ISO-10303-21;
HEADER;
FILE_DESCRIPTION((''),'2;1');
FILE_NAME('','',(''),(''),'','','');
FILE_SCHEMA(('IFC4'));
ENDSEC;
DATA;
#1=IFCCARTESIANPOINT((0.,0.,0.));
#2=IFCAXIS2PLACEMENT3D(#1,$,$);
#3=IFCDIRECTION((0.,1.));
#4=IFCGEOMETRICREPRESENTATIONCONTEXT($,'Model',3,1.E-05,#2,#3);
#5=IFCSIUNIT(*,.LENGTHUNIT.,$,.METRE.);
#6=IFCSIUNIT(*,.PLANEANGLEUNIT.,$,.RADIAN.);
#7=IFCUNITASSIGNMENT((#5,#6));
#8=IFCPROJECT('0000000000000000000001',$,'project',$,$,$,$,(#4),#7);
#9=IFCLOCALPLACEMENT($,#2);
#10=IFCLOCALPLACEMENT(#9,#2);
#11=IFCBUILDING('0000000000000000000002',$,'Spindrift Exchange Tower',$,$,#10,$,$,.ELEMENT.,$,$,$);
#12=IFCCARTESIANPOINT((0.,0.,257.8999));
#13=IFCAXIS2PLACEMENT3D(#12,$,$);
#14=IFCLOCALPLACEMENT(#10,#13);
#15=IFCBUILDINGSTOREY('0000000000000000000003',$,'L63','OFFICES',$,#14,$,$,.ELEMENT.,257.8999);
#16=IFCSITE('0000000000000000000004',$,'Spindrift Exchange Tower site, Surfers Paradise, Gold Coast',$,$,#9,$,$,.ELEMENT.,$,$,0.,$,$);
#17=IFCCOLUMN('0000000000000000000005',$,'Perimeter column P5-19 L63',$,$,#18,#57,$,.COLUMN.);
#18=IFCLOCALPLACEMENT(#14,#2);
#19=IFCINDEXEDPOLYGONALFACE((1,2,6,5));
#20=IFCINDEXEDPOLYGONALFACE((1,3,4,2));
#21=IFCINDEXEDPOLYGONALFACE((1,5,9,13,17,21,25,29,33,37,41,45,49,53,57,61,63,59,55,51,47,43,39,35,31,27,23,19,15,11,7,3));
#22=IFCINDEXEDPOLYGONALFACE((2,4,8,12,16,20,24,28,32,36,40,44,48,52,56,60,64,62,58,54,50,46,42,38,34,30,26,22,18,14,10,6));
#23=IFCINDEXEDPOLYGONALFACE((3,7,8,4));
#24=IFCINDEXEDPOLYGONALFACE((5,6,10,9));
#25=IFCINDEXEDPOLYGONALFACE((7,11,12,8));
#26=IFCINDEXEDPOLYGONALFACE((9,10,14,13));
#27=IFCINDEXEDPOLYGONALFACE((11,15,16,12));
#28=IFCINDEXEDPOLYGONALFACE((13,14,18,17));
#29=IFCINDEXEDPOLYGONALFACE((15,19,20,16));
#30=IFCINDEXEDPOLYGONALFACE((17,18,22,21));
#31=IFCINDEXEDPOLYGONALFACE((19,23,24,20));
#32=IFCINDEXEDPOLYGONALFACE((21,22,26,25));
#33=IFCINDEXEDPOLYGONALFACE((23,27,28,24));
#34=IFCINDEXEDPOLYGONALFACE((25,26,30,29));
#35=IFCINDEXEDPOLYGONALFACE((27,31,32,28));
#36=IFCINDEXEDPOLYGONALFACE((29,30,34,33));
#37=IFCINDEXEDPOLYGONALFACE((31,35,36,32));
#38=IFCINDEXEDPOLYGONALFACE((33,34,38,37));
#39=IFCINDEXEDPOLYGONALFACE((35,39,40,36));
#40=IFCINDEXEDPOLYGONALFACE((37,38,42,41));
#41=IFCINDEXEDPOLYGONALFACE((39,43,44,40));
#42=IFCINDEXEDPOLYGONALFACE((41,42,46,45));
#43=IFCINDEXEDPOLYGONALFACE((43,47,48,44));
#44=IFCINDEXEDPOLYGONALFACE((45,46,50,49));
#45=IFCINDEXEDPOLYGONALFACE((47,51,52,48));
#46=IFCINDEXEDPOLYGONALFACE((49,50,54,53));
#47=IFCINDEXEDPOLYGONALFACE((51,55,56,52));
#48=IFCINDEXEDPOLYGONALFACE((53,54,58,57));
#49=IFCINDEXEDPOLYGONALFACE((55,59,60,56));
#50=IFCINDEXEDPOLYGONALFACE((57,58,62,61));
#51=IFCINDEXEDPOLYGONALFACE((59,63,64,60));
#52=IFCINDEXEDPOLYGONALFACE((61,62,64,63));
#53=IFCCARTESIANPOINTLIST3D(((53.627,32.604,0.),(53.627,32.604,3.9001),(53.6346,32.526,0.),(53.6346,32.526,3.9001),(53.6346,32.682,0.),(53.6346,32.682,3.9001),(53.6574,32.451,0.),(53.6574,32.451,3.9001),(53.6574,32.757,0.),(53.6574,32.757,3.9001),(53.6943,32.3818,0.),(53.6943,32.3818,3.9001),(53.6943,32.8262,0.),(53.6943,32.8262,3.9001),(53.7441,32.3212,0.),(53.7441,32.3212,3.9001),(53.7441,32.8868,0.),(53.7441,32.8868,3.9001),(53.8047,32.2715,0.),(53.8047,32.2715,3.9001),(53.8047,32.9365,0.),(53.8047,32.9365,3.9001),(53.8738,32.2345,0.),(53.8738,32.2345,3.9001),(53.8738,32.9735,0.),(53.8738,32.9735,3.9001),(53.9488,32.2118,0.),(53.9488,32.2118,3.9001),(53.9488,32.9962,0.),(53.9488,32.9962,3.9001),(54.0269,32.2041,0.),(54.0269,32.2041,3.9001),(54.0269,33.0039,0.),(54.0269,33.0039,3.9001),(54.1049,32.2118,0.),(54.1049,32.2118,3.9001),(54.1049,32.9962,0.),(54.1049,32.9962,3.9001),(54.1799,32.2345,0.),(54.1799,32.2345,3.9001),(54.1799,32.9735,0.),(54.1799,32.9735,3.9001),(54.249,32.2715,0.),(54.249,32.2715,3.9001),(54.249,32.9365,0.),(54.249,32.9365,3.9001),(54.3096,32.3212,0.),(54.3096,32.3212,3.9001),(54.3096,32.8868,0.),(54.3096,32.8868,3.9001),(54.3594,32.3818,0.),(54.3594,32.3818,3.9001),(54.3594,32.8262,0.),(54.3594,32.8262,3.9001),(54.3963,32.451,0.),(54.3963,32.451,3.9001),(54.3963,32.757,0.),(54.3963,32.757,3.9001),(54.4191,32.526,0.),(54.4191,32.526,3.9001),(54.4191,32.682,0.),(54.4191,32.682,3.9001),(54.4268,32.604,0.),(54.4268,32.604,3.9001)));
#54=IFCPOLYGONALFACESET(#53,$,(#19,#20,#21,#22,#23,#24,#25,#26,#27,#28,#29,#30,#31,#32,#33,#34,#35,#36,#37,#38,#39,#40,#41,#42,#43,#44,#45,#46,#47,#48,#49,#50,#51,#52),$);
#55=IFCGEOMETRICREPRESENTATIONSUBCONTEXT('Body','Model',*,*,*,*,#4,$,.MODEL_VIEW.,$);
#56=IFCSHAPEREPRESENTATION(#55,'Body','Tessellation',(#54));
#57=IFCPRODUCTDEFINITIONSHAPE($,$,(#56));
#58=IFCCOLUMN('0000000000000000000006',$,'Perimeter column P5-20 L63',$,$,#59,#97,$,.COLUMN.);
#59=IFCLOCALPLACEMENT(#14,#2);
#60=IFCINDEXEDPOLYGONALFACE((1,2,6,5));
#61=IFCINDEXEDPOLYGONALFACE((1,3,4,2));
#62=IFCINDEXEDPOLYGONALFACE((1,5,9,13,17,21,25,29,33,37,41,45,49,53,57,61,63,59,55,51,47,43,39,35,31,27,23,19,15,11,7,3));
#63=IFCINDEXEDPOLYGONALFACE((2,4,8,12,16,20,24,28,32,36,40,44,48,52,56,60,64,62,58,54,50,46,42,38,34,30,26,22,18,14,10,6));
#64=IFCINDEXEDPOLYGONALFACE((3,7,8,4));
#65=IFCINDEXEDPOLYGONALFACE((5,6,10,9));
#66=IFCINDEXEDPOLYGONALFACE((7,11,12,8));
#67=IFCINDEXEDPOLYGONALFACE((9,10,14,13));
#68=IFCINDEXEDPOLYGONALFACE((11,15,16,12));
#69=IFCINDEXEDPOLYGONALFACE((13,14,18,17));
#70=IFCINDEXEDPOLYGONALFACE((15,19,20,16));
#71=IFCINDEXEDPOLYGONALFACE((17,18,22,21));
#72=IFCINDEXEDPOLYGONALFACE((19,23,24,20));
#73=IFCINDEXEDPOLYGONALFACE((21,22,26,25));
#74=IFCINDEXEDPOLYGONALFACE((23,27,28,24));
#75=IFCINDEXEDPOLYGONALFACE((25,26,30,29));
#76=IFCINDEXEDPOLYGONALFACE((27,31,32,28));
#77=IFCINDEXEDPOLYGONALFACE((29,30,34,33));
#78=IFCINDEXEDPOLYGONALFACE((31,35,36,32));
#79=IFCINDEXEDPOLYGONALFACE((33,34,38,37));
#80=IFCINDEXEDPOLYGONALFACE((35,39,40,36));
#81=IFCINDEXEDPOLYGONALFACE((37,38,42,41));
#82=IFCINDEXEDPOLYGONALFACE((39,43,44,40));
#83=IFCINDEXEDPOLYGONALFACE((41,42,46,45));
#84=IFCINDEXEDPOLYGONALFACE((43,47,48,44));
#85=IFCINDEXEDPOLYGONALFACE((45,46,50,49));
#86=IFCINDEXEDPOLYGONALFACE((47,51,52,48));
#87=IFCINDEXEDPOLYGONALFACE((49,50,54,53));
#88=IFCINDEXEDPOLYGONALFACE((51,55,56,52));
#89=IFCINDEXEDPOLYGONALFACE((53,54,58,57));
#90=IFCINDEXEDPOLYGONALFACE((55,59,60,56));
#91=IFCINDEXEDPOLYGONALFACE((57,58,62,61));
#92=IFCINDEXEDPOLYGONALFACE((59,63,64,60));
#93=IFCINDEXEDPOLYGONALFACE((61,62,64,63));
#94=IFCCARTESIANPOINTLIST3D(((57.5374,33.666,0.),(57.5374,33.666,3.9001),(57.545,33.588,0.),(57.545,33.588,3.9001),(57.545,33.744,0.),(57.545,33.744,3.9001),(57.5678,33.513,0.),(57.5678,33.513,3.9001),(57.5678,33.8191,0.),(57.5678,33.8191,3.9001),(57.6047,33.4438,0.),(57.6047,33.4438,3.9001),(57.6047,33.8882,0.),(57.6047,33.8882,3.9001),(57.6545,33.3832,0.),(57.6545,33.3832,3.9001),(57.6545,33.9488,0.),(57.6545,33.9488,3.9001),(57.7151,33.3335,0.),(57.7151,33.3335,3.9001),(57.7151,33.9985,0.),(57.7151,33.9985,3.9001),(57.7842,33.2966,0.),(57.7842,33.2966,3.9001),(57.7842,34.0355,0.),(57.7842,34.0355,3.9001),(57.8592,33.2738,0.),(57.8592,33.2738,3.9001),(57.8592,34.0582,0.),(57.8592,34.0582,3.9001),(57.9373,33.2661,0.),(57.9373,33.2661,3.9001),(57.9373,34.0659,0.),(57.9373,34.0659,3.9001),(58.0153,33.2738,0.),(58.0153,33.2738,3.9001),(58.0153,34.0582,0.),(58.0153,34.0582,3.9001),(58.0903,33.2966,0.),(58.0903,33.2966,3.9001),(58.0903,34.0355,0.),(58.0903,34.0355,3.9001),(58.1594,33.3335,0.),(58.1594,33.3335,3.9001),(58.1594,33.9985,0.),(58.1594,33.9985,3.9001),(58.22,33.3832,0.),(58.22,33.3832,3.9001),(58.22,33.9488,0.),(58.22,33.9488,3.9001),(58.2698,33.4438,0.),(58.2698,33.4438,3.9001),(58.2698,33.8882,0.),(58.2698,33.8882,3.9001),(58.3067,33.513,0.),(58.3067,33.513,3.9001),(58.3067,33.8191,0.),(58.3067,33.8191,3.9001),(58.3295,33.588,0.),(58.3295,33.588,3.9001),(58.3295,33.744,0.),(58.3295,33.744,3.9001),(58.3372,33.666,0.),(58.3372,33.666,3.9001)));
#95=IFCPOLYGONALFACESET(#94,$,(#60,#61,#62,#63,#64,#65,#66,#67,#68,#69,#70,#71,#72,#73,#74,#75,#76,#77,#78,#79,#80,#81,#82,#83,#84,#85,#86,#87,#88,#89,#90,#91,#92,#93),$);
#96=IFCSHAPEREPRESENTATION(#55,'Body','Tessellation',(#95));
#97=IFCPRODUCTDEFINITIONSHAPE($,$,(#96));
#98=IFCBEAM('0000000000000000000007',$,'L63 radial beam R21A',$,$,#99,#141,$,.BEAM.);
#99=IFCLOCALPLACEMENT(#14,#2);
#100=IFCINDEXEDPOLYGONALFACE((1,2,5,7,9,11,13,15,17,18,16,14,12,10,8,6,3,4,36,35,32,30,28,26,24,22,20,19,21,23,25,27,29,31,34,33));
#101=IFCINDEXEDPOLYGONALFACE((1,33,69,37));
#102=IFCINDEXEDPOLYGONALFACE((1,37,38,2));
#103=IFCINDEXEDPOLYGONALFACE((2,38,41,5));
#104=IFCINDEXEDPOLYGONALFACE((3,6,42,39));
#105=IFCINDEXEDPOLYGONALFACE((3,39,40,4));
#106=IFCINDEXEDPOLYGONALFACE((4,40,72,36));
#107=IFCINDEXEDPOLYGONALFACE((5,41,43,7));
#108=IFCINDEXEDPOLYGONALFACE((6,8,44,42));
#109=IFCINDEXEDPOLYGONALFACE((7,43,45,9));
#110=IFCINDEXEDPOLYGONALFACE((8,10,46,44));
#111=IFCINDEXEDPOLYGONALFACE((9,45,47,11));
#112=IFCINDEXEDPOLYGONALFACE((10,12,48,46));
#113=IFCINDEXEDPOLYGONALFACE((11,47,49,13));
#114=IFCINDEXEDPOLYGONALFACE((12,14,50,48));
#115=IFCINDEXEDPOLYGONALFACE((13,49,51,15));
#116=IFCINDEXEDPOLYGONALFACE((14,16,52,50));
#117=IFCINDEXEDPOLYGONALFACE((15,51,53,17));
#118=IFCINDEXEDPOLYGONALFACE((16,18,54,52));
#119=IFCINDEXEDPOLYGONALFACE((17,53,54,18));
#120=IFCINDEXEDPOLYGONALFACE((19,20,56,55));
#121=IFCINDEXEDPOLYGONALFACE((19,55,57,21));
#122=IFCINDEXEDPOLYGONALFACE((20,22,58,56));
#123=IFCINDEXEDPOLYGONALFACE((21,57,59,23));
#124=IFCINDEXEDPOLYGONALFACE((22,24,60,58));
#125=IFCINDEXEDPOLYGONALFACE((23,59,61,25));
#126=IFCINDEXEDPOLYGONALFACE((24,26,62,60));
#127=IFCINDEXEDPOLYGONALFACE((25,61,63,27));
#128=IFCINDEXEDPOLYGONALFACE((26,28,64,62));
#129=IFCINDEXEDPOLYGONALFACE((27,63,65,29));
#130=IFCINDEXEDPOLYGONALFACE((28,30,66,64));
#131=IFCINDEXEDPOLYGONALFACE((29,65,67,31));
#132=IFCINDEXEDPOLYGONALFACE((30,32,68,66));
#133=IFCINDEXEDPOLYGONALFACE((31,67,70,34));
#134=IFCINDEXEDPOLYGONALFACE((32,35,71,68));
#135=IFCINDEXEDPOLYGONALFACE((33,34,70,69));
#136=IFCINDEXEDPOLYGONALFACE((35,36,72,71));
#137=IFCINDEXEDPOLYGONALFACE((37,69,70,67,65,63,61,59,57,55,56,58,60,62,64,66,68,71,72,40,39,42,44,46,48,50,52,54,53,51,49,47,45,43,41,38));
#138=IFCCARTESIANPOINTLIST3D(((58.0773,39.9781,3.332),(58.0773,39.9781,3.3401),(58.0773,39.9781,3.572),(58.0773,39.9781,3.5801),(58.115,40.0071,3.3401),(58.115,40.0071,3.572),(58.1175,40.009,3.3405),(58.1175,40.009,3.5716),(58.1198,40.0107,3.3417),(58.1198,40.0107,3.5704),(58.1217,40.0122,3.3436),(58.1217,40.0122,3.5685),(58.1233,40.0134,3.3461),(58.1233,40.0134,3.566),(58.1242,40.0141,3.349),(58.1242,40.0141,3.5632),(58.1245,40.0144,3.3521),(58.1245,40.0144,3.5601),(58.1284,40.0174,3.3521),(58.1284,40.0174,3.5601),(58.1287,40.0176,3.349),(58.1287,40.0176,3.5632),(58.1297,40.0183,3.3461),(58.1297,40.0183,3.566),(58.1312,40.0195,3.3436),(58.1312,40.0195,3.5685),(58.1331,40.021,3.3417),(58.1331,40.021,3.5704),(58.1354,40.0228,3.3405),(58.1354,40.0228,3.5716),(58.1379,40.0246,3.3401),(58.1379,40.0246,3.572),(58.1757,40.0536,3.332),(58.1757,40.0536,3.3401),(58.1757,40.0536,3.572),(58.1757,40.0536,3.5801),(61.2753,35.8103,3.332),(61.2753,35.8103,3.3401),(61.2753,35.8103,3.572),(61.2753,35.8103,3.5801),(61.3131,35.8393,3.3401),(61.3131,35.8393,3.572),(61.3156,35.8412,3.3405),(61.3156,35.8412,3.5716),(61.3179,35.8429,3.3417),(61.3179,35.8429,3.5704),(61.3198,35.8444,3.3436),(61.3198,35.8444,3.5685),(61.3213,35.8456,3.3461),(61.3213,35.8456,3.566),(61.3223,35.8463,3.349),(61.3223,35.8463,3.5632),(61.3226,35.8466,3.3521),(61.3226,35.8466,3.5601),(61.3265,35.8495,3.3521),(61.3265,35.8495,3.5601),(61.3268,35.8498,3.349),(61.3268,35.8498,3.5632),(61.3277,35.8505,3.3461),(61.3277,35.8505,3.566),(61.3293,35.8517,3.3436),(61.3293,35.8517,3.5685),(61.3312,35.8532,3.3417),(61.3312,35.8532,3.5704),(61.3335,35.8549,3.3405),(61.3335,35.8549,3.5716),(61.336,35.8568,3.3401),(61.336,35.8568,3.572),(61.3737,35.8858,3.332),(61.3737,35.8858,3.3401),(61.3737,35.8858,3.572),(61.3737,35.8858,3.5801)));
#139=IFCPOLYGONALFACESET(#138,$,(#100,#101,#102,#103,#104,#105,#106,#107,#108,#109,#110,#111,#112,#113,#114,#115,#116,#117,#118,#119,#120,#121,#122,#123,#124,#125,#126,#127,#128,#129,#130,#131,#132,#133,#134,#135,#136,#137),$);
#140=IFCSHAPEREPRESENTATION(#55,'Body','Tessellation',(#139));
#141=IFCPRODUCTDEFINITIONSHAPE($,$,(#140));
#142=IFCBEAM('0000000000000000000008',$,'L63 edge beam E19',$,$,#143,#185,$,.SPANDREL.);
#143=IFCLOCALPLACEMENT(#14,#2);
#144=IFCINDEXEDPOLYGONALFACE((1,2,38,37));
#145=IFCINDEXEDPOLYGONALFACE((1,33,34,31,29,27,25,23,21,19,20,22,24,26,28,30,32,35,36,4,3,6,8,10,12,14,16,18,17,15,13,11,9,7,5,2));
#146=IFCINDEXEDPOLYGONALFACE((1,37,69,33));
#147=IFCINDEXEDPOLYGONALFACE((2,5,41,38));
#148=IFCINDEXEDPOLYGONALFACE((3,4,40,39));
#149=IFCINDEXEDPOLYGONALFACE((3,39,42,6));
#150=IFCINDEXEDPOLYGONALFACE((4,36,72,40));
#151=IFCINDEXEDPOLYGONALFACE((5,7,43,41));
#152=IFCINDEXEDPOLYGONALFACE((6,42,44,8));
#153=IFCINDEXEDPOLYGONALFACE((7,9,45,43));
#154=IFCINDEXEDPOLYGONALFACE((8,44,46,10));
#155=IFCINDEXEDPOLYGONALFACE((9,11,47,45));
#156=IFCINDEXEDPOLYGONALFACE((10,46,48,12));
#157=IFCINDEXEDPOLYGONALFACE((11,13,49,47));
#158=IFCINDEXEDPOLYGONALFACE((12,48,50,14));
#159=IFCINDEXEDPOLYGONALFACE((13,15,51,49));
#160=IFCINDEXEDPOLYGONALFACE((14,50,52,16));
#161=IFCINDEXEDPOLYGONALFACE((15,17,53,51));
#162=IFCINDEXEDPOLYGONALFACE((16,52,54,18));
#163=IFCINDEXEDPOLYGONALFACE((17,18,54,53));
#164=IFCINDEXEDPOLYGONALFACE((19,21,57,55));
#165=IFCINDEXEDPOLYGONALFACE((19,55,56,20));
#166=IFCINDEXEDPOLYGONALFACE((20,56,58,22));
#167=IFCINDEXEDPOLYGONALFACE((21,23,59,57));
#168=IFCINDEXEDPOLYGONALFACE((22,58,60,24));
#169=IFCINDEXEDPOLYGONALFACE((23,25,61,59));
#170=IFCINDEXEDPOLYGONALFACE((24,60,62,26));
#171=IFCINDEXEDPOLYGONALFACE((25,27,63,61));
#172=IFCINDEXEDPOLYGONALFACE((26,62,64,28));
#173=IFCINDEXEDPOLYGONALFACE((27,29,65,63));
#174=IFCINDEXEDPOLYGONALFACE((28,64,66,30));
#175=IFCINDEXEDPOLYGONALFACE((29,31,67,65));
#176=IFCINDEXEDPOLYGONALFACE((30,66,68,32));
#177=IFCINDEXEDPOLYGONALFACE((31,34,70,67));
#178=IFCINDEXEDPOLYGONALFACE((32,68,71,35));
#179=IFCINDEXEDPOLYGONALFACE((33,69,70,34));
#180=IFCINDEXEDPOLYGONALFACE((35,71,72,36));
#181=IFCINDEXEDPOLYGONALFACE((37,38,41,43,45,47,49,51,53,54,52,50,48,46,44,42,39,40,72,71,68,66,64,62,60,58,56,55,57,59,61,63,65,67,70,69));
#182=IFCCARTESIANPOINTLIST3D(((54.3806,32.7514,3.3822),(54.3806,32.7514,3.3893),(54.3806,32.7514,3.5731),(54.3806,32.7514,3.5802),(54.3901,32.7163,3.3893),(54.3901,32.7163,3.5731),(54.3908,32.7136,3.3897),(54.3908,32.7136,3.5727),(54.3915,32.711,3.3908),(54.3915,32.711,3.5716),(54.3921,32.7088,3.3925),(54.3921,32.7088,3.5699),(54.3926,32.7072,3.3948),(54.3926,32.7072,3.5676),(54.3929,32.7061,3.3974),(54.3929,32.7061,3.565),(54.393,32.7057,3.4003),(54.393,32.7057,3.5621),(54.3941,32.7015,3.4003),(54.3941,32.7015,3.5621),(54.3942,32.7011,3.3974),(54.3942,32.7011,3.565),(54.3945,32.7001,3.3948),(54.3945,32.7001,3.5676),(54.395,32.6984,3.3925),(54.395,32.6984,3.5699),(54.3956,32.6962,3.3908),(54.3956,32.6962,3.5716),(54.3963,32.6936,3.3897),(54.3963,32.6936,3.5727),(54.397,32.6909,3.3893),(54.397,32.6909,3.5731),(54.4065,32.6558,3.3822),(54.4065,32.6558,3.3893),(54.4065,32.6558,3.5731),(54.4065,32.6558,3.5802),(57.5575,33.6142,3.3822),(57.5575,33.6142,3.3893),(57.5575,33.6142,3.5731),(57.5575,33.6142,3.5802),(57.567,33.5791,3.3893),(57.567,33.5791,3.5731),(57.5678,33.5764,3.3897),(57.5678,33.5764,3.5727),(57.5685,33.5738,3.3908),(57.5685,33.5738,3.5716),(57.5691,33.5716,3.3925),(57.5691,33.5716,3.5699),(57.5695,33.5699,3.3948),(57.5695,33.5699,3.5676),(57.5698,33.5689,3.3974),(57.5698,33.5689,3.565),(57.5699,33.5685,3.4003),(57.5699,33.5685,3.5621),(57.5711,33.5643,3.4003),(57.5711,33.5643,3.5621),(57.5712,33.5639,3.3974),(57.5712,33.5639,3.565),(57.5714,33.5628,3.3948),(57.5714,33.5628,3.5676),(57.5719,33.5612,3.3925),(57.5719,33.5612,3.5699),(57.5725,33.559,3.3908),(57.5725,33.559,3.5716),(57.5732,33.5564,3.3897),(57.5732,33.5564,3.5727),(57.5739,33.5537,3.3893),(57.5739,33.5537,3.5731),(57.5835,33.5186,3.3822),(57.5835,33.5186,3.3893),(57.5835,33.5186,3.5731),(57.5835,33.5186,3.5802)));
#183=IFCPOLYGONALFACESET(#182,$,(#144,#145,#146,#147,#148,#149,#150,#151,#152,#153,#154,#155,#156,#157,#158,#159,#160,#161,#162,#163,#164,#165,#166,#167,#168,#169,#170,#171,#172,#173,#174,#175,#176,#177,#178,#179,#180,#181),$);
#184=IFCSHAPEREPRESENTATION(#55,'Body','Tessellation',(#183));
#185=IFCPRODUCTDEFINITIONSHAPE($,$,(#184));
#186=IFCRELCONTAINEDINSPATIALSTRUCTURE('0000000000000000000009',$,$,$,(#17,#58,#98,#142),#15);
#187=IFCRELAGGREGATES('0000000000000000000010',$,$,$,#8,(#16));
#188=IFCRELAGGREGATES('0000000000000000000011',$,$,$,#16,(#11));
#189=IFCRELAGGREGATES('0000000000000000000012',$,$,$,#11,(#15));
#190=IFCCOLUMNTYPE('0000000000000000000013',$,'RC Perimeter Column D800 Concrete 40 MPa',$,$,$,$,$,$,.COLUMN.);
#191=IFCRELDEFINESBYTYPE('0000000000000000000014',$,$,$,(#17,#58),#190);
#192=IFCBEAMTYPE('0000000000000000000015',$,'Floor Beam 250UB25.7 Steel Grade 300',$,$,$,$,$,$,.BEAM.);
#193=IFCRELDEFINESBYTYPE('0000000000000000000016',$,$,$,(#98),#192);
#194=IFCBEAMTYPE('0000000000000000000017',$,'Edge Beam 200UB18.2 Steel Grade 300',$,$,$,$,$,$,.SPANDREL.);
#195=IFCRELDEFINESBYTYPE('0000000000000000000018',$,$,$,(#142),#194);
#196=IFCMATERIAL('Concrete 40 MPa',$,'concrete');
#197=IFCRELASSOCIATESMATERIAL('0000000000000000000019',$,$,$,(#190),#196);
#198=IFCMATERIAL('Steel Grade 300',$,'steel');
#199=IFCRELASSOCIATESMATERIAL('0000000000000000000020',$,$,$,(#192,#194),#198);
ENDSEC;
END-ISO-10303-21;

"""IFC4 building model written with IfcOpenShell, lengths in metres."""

from ifc_helpers import new_model, si_unit, direction, frame, origin, origin_2d, place, context, subcontext, project, spatial, circle, i_section, extrude, source, transform, mapped, material, material_profile, profile_set, type_object, element, save


model = new_model("IFC4")

# Units and contexts
model_context = context("Model", 3, precision=1e-05, world=origin(), true_north=direction((0.0, 1.0)))
body_context = subcontext(model_context, "Body", "Model", "MODEL_VIEW")
ifc_project = project(units=[si_unit("LENGTHUNIT", "METRE"), si_unit("PLANEANGLEUNIT", "RADIAN")], contexts=[model_context])

# Site, building, storey
site_placement = place(None, origin())
site = spatial("IfcSite", under=ifc_project, at=site_placement, Name="Spindrift Exchange Tower site, Surfers Paradise, Gold Coast", CompositionType="ELEMENT", RefElevation=0.0)
building_placement = place(site_placement, origin())
building = spatial("IfcBuilding", under=site, at=building_placement, Name="Spindrift Exchange Tower", CompositionType="ELEMENT")
storey_placement = place(building_placement, frame((0.0, 0.0, 257.8999)))
storey = spatial("IfcBuildingStorey", under=building, at=storey_placement, Name="L63", Description="OFFICES", CompositionType="ELEMENT", Elevation=257.8999)

# Columns
ifc_material_1 = material(Name="Concrete 40 MPa", Category="concrete")
ifc_material_profile_1 = material_profile(ifc_material_1, circle(Radius=0.3999, at=origin_2d()), Name="RC D800")
ifc_profile_set_1 = profile_set([ifc_material_profile_1], Name="Concrete 40 MPa")
column_type = type_object("IfcColumnType", Name="RC Perimeter Column D800 Concrete 40 MPa", PredefinedType="COLUMN", material=ifc_profile_set_1)
shared_shape_1 = source(origin(), body_context, "Body", "SweptSolid", [
    extrude(circle(Radius=0.3999, at=origin_2d()), origin(), (0.0, 0.0, 1.0), 3.9001),
])
for number, where, z_axis, x_axis, name in (
    (1, (54.0269, 32.604, 0.0), (0.0, 0.0, 1.0), (1.0, 0.0, 0.0), "Perimeter column P5-19 L63"),
    (2, (57.9373, 33.666, 0.0), (0.0, 0.0, 1.0), (1.0, 0.0, 0.0), "Perimeter column P5-20 L63"),
):
    element("IfcColumn", number, at=place(storey_placement, frame(where, z_axis=z_axis, x_axis=x_axis)), inside=storey, type_object=column_type, Name=name, PredefinedType="COLUMN", context=body_context, shape_type="MappedRepresentation", body=[
        mapped(shared_shape_1, transform((0.0, 0.0, 0.0), scale=1.0)),
    ])

# Beams
ifc_material_2 = material(Name="Steel Grade 300", Category="steel")
ifc_material_profile_2 = material_profile(ifc_material_2, i_section(OverallWidth=0.124, OverallDepth=0.248, WebThickness=0.0049, FlangeThickness=0.0081, FilletRadius=0.012, at=origin_2d()), Name="250UB25.7")
ifc_profile_set_2 = profile_set([ifc_material_profile_2], Name="Steel Grade 300")
beam_type_1 = type_object("IfcBeamType", Name="Floor Beam 250UB25.7 Steel Grade 300", PredefinedType="BEAM", material=ifc_profile_set_2)
shared_shape_2 = source(origin(), body_context, "Body", "SweptSolid", [
    extrude(i_section(OverallWidth=0.124, OverallDepth=0.248, WebThickness=0.0049, FlangeThickness=0.0081, FilletRadius=0.012, at=origin_2d()), origin(), (0.0, 0.0, 1.0), 5.2534),
])
beam_1_placement = place(storey_placement, frame((58.1265, 40.0159, 3.4561), z_axis=(0.60876, -0.793354, 0.0), x_axis=(0.793354, 0.60876, 0.0)))
element("IfcBeam", 3, at=beam_1_placement, inside=storey, type_object=beam_type_1, Name="L63 radial beam R21A", PredefinedType="BEAM", context=body_context, shape_type="MappedRepresentation", body=[
    mapped(shared_shape_2, transform((0.0, 0.0, 0.0), scale=1.0)),
])
ifc_material_profile_3 = material_profile(ifc_material_2, i_section(OverallWidth=0.0991, OverallDepth=0.198, WebThickness=0.0044, FlangeThickness=0.0071, FilletRadius=0.011, at=origin_2d()), Name="200UB18.2")
ifc_profile_set_3 = profile_set([ifc_material_profile_3], Name="Steel Grade 300")
beam_type_2 = type_object("IfcBeamType", Name="Edge Beam 200UB18.2 Steel Grade 300", PredefinedType="SPANDREL", material=ifc_profile_set_3)
shared_shape_3 = source(origin(), body_context, "Body", "SweptSolid", [
    extrude(i_section(OverallWidth=0.0991, OverallDepth=0.198, WebThickness=0.0044, FlangeThickness=0.0071, FilletRadius=0.011, at=origin_2d()), origin(), (0.0, 0.0, 1.0), 3.292),
])
beam_2_placement = place(storey_placement, frame((54.3936, 32.7036, 3.4812), z_axis=(0.965046, 0.262082, 0.0), x_axis=(-0.262082, 0.965046, 0.0)))
element("IfcBeam", 4, at=beam_2_placement, inside=storey, type_object=beam_type_2, Name="L63 edge beam E19", PredefinedType="SPANDREL", context=body_context, shape_type="MappedRepresentation", body=[
    mapped(shared_shape_3, transform((0.0, 0.0, 0.0), scale=1.0)),
])

save(model, "model.ifc")
